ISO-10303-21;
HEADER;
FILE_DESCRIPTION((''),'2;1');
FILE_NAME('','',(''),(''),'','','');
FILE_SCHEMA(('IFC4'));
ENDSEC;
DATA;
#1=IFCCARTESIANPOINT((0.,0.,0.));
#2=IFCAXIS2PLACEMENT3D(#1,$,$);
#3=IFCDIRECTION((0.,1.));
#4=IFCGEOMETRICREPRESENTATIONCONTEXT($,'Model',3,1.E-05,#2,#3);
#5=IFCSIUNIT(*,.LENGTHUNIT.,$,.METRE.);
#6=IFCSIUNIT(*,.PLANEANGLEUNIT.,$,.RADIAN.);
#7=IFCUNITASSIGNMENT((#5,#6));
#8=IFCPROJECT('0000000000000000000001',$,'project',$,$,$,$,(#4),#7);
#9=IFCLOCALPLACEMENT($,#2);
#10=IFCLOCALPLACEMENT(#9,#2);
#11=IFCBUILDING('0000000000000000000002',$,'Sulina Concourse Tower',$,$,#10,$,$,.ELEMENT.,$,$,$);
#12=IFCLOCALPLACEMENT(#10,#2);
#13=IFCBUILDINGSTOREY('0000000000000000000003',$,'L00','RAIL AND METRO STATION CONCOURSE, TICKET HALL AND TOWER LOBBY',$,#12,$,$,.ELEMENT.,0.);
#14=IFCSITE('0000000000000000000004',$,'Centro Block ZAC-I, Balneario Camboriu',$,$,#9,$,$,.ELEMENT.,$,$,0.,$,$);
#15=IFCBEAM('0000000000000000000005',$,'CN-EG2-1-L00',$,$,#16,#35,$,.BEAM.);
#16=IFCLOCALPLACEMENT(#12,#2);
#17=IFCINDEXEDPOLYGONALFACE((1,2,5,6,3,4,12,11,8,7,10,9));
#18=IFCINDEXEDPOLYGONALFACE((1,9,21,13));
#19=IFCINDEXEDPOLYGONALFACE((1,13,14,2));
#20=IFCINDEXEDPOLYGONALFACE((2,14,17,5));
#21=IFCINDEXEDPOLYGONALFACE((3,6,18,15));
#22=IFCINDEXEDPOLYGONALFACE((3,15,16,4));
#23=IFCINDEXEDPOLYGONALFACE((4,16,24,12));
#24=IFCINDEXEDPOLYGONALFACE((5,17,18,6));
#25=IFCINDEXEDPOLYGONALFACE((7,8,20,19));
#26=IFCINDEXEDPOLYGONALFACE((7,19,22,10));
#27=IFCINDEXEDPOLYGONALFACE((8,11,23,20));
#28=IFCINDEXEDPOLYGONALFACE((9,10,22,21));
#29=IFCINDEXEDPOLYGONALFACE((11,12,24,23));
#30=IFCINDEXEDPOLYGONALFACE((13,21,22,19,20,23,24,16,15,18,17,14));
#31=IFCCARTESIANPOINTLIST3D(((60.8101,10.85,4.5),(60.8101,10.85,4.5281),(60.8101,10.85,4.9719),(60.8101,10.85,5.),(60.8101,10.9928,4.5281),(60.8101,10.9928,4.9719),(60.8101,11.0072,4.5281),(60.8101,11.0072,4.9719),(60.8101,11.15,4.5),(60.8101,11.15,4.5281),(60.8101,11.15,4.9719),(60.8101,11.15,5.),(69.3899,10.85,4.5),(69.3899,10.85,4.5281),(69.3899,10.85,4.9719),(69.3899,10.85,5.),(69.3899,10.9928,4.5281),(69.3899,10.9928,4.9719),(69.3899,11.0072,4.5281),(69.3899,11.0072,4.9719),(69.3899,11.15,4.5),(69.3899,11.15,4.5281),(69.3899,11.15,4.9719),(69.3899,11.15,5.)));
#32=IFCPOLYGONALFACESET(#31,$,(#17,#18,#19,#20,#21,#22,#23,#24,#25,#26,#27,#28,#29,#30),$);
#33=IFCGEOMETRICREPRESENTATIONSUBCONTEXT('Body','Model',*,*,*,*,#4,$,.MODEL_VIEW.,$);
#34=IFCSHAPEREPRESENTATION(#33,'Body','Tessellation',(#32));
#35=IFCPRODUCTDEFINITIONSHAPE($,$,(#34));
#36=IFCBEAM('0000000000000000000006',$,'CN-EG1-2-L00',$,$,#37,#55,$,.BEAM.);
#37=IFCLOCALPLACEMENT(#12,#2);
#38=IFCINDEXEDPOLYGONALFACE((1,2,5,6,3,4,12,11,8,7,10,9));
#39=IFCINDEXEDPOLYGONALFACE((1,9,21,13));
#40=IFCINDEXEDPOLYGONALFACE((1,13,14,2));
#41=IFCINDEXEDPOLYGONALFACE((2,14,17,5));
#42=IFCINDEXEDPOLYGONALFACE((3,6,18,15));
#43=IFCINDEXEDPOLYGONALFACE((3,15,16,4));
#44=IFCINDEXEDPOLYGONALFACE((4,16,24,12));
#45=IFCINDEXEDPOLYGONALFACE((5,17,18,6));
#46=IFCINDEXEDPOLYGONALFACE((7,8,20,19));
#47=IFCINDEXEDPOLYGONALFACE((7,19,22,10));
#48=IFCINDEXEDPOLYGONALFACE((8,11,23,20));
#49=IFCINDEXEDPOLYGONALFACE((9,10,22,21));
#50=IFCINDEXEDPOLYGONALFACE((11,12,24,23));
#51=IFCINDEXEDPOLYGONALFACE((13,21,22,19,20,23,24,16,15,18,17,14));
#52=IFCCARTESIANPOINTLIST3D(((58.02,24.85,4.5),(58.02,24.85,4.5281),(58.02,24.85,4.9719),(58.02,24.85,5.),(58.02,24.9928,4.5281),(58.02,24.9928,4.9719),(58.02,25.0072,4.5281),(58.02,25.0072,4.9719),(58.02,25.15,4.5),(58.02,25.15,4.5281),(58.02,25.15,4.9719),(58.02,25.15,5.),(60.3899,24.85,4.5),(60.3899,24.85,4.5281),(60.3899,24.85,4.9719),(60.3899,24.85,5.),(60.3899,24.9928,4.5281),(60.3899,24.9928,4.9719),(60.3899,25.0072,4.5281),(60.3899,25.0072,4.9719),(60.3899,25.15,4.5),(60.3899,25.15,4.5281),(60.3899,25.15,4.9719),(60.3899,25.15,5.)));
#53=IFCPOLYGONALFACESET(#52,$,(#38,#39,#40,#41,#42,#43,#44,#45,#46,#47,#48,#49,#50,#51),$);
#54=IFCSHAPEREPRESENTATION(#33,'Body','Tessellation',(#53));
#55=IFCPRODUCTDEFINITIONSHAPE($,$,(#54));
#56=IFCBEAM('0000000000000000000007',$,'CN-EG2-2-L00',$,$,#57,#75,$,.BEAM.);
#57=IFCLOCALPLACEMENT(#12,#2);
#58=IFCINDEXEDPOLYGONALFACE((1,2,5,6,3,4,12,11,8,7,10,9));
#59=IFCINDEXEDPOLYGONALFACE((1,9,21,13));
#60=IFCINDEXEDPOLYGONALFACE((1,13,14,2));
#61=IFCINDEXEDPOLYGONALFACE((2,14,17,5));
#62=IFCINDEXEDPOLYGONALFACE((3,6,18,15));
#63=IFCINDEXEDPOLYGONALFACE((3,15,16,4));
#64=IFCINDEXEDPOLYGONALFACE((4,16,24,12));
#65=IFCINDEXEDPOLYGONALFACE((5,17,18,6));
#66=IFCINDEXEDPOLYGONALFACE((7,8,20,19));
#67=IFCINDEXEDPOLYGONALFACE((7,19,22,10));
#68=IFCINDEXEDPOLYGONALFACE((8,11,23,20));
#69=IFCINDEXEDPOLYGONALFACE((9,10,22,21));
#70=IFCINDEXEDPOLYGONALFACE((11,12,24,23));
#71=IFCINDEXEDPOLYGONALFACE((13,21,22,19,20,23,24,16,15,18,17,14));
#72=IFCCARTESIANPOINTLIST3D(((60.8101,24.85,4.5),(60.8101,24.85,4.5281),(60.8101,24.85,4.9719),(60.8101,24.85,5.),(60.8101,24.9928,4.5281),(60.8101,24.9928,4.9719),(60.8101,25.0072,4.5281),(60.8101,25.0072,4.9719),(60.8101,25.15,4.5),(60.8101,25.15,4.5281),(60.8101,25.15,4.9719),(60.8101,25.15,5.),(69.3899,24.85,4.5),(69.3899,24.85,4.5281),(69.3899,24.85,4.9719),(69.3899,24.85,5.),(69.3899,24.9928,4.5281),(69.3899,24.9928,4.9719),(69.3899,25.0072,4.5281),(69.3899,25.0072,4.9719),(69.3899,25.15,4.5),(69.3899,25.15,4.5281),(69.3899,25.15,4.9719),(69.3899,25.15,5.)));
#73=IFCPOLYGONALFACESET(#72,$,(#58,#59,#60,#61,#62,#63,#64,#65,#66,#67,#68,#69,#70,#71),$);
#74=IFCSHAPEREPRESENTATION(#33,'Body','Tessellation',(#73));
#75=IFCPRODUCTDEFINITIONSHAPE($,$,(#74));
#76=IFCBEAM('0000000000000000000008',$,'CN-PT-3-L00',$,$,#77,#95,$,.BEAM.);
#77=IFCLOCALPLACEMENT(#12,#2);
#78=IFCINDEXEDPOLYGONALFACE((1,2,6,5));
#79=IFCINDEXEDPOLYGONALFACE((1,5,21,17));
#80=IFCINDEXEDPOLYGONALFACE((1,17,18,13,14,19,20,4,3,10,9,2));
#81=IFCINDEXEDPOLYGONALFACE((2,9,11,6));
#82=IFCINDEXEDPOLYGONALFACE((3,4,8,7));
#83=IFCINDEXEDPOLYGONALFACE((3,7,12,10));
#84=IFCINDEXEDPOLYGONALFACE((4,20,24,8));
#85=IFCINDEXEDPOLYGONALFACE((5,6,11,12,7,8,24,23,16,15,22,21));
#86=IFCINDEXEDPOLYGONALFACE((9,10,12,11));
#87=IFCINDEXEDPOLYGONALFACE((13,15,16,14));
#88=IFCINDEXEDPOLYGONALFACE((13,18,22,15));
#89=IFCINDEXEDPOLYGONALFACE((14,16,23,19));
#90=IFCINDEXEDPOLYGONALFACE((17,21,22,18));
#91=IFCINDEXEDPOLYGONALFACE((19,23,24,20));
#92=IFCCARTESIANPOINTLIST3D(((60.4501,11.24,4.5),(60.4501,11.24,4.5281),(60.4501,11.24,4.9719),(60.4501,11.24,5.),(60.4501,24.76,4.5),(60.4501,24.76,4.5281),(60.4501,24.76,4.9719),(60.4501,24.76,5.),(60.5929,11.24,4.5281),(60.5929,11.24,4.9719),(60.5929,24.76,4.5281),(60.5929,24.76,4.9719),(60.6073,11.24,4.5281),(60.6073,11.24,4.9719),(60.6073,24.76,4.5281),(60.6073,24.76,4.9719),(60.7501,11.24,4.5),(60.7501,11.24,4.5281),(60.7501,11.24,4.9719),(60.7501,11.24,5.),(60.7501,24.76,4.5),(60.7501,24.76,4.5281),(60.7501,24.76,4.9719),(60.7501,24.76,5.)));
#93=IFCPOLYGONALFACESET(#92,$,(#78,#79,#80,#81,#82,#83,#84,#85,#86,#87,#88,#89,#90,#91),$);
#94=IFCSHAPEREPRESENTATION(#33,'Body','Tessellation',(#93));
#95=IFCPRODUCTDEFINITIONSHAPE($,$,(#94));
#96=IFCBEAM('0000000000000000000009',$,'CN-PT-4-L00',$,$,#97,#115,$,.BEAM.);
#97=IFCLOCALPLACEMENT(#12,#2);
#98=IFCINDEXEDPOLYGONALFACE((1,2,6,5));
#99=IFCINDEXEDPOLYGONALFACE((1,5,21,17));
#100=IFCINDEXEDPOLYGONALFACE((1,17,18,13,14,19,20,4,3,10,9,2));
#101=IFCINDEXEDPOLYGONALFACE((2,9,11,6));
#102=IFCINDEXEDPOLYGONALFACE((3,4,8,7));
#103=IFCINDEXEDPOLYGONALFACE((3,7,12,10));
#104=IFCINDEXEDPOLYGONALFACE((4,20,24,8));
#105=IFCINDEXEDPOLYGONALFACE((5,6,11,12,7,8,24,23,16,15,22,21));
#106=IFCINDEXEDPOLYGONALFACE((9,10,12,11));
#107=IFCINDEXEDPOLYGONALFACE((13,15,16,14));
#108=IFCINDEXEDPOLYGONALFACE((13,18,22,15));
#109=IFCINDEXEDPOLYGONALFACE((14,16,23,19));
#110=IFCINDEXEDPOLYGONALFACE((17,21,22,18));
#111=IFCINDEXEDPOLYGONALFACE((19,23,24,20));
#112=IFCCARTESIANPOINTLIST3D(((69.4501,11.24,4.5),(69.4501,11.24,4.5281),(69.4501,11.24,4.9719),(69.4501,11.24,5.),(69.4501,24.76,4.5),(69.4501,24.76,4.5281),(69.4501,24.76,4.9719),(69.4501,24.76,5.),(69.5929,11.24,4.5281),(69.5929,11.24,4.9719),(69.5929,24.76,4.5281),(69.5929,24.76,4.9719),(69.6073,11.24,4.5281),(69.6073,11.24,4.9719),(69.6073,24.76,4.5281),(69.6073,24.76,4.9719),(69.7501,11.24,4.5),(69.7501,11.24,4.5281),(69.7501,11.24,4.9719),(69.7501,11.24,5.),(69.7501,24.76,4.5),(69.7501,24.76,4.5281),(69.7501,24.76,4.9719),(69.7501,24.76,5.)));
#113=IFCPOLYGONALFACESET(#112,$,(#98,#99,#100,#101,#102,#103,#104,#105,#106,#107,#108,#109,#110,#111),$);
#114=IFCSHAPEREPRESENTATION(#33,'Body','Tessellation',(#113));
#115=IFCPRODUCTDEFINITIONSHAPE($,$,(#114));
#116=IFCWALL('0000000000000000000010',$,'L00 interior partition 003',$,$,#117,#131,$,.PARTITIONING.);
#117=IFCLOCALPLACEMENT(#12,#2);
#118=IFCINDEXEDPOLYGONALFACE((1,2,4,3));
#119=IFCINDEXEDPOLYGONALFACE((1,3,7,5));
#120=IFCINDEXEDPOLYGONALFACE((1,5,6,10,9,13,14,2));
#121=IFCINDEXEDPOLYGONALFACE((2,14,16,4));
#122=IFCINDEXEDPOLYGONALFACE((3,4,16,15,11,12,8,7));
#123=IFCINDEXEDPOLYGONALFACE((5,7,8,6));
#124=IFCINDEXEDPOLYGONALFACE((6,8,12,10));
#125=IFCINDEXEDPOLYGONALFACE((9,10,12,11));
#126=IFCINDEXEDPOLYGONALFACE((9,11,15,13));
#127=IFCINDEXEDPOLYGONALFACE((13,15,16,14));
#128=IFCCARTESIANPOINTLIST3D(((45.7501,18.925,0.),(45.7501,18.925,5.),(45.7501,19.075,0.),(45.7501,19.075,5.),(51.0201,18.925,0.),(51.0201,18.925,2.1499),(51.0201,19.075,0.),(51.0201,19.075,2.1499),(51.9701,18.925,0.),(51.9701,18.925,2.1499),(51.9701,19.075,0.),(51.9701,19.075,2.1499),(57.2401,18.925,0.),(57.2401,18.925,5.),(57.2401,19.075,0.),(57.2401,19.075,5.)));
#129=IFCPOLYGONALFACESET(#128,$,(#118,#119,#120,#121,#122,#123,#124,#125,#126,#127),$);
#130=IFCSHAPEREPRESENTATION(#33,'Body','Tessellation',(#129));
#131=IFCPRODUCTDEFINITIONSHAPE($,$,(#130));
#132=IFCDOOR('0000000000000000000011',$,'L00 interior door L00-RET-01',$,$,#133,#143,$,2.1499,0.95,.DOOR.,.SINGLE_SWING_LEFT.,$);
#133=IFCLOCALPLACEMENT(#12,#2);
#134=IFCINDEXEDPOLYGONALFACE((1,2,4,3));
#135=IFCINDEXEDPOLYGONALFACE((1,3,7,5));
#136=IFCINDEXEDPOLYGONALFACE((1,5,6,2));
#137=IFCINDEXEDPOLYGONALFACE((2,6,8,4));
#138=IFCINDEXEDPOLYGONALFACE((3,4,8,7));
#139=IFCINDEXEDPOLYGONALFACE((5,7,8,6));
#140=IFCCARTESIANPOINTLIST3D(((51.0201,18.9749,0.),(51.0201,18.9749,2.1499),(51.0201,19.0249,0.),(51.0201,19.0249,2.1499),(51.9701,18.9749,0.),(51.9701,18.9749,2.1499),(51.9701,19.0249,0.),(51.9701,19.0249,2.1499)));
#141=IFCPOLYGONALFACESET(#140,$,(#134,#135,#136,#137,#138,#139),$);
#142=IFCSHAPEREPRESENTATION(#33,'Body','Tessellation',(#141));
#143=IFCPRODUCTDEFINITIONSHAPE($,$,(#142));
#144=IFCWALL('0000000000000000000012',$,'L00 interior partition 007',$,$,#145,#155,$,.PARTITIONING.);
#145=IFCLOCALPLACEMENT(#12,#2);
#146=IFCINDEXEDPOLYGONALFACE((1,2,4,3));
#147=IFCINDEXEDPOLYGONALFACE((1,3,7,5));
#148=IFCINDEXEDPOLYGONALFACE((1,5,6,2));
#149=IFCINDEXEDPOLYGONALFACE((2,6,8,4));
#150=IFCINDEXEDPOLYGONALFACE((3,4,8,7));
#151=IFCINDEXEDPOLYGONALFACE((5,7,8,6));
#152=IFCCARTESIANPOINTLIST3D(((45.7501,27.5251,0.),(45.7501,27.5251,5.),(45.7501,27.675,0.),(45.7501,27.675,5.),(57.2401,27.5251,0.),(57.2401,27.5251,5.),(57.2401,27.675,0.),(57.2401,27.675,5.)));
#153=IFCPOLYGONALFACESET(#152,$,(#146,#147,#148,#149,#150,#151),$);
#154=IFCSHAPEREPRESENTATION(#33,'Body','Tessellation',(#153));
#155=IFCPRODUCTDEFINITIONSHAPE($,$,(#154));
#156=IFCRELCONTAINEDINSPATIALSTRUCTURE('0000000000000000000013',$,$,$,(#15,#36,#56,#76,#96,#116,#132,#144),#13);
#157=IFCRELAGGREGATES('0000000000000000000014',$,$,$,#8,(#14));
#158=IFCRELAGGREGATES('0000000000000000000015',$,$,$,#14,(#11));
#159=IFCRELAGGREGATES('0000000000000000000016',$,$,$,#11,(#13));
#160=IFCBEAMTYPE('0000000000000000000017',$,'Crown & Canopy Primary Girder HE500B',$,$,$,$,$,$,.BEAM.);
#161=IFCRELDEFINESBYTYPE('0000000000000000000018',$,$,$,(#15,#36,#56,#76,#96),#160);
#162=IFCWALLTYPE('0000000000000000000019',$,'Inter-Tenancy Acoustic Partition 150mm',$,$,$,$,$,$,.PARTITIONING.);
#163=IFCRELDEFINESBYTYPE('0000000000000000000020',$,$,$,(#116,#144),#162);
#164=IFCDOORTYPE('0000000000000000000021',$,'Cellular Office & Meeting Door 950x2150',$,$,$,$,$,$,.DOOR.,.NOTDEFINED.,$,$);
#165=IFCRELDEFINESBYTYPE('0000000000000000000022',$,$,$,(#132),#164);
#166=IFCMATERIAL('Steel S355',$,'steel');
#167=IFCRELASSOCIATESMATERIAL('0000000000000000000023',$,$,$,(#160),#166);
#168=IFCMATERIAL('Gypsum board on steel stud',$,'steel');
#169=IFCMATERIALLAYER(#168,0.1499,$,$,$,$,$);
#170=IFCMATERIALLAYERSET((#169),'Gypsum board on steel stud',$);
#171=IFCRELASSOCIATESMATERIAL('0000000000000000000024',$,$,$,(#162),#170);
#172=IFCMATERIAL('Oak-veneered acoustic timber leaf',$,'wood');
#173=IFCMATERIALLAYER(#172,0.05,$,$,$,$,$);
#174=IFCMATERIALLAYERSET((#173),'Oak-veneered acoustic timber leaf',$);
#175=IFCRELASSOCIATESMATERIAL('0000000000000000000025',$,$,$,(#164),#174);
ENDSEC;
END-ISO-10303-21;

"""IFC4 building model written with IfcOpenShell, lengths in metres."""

from ifc_helpers import new_model, si_unit, direction, frame, frame_2d, origin, origin_2d, place, context, subcontext, project, spatial, rectangle, i_section, extrude, material, layer, layer_set, material_profile, profile_set, type_object, element, fill, save


model = new_model("IFC4")

# Units and contexts
model_context = context("Model", 3, precision=1e-05, world=origin(), true_north=direction((0.0, 1.0)))
body_context = subcontext(model_context, "Body", "Model", "MODEL_VIEW")
ifc_project = project(units=[si_unit("LENGTHUNIT", "METRE"), si_unit("PLANEANGLEUNIT", "RADIAN")], contexts=[model_context])

# Site, building, storey
site_placement = place(None, origin())
site = spatial("IfcSite", under=ifc_project, at=site_placement, Name="Centro Block ZAC-I, Balneario Camboriu", CompositionType="ELEMENT", RefElevation=0.0)
building_placement = place(site_placement, origin())
building = spatial("IfcBuilding", under=site, at=building_placement, Name="Sulina Concourse Tower", CompositionType="ELEMENT")
storey_placement = place(building_placement, origin())
storey = spatial("IfcBuildingStorey", under=building, at=storey_placement, Name="L00", Description="RAIL AND METRO STATION CONCOURSE, TICKET HALL AND TOWER LOBBY", CompositionType="ELEMENT", Elevation=0.0)

# Beams
ifc_material_1 = material(Name="Steel S355", Category="steel")
ifc_material_profile_1 = material_profile(ifc_material_1, i_section(OverallWidth=0.3, OverallDepth=0.5, WebThickness=0.0144, FlangeThickness=0.0281, at=origin_2d()), Name="HE 500 B")
ifc_profile_set_1 = profile_set([ifc_material_profile_1], Name="Steel S355")
beam_type_1 = type_object("IfcBeamType", Name="Crown & Canopy Primary Girder HE500B", PredefinedType="BEAM", material=ifc_profile_set_1)
beam_1_placement = place(storey_placement, frame((60.8101, 11.0, 4.75), z_axis=(1.0, 0.0, 0.0), x_axis=(0.0, 1.0, 0.0)))
element("IfcBeam", 1, at=beam_1_placement, inside=storey, type_object=beam_type_1, Name="CN-EG2-1-L00", PredefinedType="BEAM", context=body_context, shape_type="SweptSolid", body=[
    extrude(i_section(OverallWidth=0.3, OverallDepth=0.5, WebThickness=0.0144, FlangeThickness=0.0281, at=origin_2d()), origin(), (0.0, 0.0, 1.0), 8.5798),
])
beam_2_placement = place(storey_placement, frame((58.02, 25.0, 4.75), z_axis=(1.0, 0.0, 0.0), x_axis=(0.0, 1.0, 0.0)))
element("IfcBeam", 2, at=beam_2_placement, inside=storey, type_object=beam_type_1, Name="CN-EG1-2-L00", PredefinedType="BEAM", context=body_context, shape_type="SweptSolid", body=[
    extrude(i_section(OverallWidth=0.3, OverallDepth=0.5, WebThickness=0.0144, FlangeThickness=0.0281, at=origin_2d()), origin(), (0.0, 0.0, 1.0), 2.3699),
])
beam_3_placement = place(storey_placement, frame((60.8101, 25.0, 4.75), z_axis=(1.0, 0.0, 0.0), x_axis=(0.0, 1.0, 0.0)))
element("IfcBeam", 3, at=beam_3_placement, inside=storey, type_object=beam_type_1, Name="CN-EG2-2-L00", PredefinedType="BEAM", context=body_context, shape_type="SweptSolid", body=[
    extrude(i_section(OverallWidth=0.3, OverallDepth=0.5, WebThickness=0.0144, FlangeThickness=0.0281, at=origin_2d()), origin(), (0.0, 0.0, 1.0), 8.5798),
])
for number, where, z_axis, x_axis, name in (
    (4, (60.6001, 11.24, 4.75), (0.0, 1.0, 0.0), (-1.0, 0.0, 0.0), "CN-PT-3-L00"),
    (5, (69.6001, 11.24, 4.75), (0.0, 1.0, 0.0), (-1.0, 0.0, 0.0), "CN-PT-4-L00"),
):
    element("IfcBeam", number, at=place(storey_placement, frame(where, z_axis=z_axis, x_axis=x_axis)), inside=storey, type_object=beam_type_1, Name=name, PredefinedType="BEAM", context=body_context, shape_type="SweptSolid", body=[
        extrude(i_section(OverallWidth=0.3, OverallDepth=0.5, WebThickness=0.0144, FlangeThickness=0.0281, at=origin_2d()), origin(), (0.0, 0.0, 1.0), 13.52),
    ])

# Wall, opening, door
ifc_material_2 = material(Name="Gypsum board on steel stud", Category="steel")
ifc_layer_1 = layer(ifc_material_2, 0.1499)
ifc_layer_set_1 = layer_set([ifc_layer_1], Name="Gypsum board on steel stud")
wall_type_1 = type_object("IfcWallType", Name="Inter-Tenancy Acoustic Partition 150mm", PredefinedType="PARTITIONING", material=ifc_layer_set_1)
wall_1_placement = place(storey_placement, frame((45.75, 19.0, 0.0), z_axis=(0.0, 0.0, 1.0), x_axis=(1.0, 0.0, 0.0)))
wall_1 = element("IfcWall", 6, at=wall_1_placement, inside=storey, type_object=wall_type_1, Name="L00 interior partition 003", PredefinedType="PARTITIONING", context=body_context, shape_type="SweptSolid", body=[
    extrude(rectangle(XDim=11.49, YDim=0.1499, at=frame_2d((5.7451, 0.0))), origin(), (0.0, 0.0, 1.0), 5.0),
])
opening_1_placement = place(wall_1_placement, frame((5.27, 0.0, 0.0)))
opening_1 = element("IfcOpeningElement", 7, at=opening_1_placement, cuts=wall_1, PredefinedType="OPENING", context=body_context, shape_type="SweptSolid", body=[
    extrude(rectangle(XDim=0.95, YDim=2.1499, at=frame_2d((0.4751, 1.075))), frame((0.0, 0.085, 0.0), z_axis=(0.0, -1.0, 0.0), x_axis=(1.0, 0.0, 0.0)), (0.0, 0.0, 1.0), 0.1699),
])
ifc_material_3 = material(Name="Oak-veneered acoustic timber leaf", Category="wood")
ifc_layer_2 = layer(ifc_material_3, 0.05)
ifc_layer_set_2 = layer_set([ifc_layer_2], Name="Oak-veneered acoustic timber leaf")
door_type_1 = type_object("IfcDoorType", Name="Cellular Office & Meeting Door 950x2150", OperationType="NOTDEFINED", PredefinedType="DOOR", material=ifc_layer_set_2)
door_1_placement = place(opening_1_placement, origin())
door_1 = element("IfcDoor", 8, at=door_1_placement, inside=storey, type_object=door_type_1, Name="L00 interior door L00-RET-01", OperationType="SINGLE_SWING_LEFT", OverallHeight=2.1499, OverallWidth=0.95, PredefinedType="DOOR", context=body_context, shape_type="SweptSolid", body=[
    extrude(rectangle(XDim=0.95, YDim=2.1499, at=frame_2d((0.4751, 1.075))), frame((0.0, 0.0249, 0.0), z_axis=(0.0, -1.0, 0.0), x_axis=(1.0, 0.0, 0.0)), (0.0, 0.0, 1.0), 0.05),
])
fill(opening_1, door_1)

# Wall
wall_2_placement = place(storey_placement, frame((45.75, 27.6001, 0.0), z_axis=(0.0, 0.0, 1.0), x_axis=(1.0, 0.0, 0.0)))
element("IfcWall", 9, at=wall_2_placement, inside=storey, type_object=wall_type_1, Name="L00 interior partition 007", PredefinedType="PARTITIONING", context=body_context, shape_type="SweptSolid", body=[
    extrude(rectangle(XDim=11.49, YDim=0.1499, at=frame_2d((5.7451, 0.0))), origin(), (0.0, 0.0, 1.0), 5.0),
])

save(model, "model.ifc")
